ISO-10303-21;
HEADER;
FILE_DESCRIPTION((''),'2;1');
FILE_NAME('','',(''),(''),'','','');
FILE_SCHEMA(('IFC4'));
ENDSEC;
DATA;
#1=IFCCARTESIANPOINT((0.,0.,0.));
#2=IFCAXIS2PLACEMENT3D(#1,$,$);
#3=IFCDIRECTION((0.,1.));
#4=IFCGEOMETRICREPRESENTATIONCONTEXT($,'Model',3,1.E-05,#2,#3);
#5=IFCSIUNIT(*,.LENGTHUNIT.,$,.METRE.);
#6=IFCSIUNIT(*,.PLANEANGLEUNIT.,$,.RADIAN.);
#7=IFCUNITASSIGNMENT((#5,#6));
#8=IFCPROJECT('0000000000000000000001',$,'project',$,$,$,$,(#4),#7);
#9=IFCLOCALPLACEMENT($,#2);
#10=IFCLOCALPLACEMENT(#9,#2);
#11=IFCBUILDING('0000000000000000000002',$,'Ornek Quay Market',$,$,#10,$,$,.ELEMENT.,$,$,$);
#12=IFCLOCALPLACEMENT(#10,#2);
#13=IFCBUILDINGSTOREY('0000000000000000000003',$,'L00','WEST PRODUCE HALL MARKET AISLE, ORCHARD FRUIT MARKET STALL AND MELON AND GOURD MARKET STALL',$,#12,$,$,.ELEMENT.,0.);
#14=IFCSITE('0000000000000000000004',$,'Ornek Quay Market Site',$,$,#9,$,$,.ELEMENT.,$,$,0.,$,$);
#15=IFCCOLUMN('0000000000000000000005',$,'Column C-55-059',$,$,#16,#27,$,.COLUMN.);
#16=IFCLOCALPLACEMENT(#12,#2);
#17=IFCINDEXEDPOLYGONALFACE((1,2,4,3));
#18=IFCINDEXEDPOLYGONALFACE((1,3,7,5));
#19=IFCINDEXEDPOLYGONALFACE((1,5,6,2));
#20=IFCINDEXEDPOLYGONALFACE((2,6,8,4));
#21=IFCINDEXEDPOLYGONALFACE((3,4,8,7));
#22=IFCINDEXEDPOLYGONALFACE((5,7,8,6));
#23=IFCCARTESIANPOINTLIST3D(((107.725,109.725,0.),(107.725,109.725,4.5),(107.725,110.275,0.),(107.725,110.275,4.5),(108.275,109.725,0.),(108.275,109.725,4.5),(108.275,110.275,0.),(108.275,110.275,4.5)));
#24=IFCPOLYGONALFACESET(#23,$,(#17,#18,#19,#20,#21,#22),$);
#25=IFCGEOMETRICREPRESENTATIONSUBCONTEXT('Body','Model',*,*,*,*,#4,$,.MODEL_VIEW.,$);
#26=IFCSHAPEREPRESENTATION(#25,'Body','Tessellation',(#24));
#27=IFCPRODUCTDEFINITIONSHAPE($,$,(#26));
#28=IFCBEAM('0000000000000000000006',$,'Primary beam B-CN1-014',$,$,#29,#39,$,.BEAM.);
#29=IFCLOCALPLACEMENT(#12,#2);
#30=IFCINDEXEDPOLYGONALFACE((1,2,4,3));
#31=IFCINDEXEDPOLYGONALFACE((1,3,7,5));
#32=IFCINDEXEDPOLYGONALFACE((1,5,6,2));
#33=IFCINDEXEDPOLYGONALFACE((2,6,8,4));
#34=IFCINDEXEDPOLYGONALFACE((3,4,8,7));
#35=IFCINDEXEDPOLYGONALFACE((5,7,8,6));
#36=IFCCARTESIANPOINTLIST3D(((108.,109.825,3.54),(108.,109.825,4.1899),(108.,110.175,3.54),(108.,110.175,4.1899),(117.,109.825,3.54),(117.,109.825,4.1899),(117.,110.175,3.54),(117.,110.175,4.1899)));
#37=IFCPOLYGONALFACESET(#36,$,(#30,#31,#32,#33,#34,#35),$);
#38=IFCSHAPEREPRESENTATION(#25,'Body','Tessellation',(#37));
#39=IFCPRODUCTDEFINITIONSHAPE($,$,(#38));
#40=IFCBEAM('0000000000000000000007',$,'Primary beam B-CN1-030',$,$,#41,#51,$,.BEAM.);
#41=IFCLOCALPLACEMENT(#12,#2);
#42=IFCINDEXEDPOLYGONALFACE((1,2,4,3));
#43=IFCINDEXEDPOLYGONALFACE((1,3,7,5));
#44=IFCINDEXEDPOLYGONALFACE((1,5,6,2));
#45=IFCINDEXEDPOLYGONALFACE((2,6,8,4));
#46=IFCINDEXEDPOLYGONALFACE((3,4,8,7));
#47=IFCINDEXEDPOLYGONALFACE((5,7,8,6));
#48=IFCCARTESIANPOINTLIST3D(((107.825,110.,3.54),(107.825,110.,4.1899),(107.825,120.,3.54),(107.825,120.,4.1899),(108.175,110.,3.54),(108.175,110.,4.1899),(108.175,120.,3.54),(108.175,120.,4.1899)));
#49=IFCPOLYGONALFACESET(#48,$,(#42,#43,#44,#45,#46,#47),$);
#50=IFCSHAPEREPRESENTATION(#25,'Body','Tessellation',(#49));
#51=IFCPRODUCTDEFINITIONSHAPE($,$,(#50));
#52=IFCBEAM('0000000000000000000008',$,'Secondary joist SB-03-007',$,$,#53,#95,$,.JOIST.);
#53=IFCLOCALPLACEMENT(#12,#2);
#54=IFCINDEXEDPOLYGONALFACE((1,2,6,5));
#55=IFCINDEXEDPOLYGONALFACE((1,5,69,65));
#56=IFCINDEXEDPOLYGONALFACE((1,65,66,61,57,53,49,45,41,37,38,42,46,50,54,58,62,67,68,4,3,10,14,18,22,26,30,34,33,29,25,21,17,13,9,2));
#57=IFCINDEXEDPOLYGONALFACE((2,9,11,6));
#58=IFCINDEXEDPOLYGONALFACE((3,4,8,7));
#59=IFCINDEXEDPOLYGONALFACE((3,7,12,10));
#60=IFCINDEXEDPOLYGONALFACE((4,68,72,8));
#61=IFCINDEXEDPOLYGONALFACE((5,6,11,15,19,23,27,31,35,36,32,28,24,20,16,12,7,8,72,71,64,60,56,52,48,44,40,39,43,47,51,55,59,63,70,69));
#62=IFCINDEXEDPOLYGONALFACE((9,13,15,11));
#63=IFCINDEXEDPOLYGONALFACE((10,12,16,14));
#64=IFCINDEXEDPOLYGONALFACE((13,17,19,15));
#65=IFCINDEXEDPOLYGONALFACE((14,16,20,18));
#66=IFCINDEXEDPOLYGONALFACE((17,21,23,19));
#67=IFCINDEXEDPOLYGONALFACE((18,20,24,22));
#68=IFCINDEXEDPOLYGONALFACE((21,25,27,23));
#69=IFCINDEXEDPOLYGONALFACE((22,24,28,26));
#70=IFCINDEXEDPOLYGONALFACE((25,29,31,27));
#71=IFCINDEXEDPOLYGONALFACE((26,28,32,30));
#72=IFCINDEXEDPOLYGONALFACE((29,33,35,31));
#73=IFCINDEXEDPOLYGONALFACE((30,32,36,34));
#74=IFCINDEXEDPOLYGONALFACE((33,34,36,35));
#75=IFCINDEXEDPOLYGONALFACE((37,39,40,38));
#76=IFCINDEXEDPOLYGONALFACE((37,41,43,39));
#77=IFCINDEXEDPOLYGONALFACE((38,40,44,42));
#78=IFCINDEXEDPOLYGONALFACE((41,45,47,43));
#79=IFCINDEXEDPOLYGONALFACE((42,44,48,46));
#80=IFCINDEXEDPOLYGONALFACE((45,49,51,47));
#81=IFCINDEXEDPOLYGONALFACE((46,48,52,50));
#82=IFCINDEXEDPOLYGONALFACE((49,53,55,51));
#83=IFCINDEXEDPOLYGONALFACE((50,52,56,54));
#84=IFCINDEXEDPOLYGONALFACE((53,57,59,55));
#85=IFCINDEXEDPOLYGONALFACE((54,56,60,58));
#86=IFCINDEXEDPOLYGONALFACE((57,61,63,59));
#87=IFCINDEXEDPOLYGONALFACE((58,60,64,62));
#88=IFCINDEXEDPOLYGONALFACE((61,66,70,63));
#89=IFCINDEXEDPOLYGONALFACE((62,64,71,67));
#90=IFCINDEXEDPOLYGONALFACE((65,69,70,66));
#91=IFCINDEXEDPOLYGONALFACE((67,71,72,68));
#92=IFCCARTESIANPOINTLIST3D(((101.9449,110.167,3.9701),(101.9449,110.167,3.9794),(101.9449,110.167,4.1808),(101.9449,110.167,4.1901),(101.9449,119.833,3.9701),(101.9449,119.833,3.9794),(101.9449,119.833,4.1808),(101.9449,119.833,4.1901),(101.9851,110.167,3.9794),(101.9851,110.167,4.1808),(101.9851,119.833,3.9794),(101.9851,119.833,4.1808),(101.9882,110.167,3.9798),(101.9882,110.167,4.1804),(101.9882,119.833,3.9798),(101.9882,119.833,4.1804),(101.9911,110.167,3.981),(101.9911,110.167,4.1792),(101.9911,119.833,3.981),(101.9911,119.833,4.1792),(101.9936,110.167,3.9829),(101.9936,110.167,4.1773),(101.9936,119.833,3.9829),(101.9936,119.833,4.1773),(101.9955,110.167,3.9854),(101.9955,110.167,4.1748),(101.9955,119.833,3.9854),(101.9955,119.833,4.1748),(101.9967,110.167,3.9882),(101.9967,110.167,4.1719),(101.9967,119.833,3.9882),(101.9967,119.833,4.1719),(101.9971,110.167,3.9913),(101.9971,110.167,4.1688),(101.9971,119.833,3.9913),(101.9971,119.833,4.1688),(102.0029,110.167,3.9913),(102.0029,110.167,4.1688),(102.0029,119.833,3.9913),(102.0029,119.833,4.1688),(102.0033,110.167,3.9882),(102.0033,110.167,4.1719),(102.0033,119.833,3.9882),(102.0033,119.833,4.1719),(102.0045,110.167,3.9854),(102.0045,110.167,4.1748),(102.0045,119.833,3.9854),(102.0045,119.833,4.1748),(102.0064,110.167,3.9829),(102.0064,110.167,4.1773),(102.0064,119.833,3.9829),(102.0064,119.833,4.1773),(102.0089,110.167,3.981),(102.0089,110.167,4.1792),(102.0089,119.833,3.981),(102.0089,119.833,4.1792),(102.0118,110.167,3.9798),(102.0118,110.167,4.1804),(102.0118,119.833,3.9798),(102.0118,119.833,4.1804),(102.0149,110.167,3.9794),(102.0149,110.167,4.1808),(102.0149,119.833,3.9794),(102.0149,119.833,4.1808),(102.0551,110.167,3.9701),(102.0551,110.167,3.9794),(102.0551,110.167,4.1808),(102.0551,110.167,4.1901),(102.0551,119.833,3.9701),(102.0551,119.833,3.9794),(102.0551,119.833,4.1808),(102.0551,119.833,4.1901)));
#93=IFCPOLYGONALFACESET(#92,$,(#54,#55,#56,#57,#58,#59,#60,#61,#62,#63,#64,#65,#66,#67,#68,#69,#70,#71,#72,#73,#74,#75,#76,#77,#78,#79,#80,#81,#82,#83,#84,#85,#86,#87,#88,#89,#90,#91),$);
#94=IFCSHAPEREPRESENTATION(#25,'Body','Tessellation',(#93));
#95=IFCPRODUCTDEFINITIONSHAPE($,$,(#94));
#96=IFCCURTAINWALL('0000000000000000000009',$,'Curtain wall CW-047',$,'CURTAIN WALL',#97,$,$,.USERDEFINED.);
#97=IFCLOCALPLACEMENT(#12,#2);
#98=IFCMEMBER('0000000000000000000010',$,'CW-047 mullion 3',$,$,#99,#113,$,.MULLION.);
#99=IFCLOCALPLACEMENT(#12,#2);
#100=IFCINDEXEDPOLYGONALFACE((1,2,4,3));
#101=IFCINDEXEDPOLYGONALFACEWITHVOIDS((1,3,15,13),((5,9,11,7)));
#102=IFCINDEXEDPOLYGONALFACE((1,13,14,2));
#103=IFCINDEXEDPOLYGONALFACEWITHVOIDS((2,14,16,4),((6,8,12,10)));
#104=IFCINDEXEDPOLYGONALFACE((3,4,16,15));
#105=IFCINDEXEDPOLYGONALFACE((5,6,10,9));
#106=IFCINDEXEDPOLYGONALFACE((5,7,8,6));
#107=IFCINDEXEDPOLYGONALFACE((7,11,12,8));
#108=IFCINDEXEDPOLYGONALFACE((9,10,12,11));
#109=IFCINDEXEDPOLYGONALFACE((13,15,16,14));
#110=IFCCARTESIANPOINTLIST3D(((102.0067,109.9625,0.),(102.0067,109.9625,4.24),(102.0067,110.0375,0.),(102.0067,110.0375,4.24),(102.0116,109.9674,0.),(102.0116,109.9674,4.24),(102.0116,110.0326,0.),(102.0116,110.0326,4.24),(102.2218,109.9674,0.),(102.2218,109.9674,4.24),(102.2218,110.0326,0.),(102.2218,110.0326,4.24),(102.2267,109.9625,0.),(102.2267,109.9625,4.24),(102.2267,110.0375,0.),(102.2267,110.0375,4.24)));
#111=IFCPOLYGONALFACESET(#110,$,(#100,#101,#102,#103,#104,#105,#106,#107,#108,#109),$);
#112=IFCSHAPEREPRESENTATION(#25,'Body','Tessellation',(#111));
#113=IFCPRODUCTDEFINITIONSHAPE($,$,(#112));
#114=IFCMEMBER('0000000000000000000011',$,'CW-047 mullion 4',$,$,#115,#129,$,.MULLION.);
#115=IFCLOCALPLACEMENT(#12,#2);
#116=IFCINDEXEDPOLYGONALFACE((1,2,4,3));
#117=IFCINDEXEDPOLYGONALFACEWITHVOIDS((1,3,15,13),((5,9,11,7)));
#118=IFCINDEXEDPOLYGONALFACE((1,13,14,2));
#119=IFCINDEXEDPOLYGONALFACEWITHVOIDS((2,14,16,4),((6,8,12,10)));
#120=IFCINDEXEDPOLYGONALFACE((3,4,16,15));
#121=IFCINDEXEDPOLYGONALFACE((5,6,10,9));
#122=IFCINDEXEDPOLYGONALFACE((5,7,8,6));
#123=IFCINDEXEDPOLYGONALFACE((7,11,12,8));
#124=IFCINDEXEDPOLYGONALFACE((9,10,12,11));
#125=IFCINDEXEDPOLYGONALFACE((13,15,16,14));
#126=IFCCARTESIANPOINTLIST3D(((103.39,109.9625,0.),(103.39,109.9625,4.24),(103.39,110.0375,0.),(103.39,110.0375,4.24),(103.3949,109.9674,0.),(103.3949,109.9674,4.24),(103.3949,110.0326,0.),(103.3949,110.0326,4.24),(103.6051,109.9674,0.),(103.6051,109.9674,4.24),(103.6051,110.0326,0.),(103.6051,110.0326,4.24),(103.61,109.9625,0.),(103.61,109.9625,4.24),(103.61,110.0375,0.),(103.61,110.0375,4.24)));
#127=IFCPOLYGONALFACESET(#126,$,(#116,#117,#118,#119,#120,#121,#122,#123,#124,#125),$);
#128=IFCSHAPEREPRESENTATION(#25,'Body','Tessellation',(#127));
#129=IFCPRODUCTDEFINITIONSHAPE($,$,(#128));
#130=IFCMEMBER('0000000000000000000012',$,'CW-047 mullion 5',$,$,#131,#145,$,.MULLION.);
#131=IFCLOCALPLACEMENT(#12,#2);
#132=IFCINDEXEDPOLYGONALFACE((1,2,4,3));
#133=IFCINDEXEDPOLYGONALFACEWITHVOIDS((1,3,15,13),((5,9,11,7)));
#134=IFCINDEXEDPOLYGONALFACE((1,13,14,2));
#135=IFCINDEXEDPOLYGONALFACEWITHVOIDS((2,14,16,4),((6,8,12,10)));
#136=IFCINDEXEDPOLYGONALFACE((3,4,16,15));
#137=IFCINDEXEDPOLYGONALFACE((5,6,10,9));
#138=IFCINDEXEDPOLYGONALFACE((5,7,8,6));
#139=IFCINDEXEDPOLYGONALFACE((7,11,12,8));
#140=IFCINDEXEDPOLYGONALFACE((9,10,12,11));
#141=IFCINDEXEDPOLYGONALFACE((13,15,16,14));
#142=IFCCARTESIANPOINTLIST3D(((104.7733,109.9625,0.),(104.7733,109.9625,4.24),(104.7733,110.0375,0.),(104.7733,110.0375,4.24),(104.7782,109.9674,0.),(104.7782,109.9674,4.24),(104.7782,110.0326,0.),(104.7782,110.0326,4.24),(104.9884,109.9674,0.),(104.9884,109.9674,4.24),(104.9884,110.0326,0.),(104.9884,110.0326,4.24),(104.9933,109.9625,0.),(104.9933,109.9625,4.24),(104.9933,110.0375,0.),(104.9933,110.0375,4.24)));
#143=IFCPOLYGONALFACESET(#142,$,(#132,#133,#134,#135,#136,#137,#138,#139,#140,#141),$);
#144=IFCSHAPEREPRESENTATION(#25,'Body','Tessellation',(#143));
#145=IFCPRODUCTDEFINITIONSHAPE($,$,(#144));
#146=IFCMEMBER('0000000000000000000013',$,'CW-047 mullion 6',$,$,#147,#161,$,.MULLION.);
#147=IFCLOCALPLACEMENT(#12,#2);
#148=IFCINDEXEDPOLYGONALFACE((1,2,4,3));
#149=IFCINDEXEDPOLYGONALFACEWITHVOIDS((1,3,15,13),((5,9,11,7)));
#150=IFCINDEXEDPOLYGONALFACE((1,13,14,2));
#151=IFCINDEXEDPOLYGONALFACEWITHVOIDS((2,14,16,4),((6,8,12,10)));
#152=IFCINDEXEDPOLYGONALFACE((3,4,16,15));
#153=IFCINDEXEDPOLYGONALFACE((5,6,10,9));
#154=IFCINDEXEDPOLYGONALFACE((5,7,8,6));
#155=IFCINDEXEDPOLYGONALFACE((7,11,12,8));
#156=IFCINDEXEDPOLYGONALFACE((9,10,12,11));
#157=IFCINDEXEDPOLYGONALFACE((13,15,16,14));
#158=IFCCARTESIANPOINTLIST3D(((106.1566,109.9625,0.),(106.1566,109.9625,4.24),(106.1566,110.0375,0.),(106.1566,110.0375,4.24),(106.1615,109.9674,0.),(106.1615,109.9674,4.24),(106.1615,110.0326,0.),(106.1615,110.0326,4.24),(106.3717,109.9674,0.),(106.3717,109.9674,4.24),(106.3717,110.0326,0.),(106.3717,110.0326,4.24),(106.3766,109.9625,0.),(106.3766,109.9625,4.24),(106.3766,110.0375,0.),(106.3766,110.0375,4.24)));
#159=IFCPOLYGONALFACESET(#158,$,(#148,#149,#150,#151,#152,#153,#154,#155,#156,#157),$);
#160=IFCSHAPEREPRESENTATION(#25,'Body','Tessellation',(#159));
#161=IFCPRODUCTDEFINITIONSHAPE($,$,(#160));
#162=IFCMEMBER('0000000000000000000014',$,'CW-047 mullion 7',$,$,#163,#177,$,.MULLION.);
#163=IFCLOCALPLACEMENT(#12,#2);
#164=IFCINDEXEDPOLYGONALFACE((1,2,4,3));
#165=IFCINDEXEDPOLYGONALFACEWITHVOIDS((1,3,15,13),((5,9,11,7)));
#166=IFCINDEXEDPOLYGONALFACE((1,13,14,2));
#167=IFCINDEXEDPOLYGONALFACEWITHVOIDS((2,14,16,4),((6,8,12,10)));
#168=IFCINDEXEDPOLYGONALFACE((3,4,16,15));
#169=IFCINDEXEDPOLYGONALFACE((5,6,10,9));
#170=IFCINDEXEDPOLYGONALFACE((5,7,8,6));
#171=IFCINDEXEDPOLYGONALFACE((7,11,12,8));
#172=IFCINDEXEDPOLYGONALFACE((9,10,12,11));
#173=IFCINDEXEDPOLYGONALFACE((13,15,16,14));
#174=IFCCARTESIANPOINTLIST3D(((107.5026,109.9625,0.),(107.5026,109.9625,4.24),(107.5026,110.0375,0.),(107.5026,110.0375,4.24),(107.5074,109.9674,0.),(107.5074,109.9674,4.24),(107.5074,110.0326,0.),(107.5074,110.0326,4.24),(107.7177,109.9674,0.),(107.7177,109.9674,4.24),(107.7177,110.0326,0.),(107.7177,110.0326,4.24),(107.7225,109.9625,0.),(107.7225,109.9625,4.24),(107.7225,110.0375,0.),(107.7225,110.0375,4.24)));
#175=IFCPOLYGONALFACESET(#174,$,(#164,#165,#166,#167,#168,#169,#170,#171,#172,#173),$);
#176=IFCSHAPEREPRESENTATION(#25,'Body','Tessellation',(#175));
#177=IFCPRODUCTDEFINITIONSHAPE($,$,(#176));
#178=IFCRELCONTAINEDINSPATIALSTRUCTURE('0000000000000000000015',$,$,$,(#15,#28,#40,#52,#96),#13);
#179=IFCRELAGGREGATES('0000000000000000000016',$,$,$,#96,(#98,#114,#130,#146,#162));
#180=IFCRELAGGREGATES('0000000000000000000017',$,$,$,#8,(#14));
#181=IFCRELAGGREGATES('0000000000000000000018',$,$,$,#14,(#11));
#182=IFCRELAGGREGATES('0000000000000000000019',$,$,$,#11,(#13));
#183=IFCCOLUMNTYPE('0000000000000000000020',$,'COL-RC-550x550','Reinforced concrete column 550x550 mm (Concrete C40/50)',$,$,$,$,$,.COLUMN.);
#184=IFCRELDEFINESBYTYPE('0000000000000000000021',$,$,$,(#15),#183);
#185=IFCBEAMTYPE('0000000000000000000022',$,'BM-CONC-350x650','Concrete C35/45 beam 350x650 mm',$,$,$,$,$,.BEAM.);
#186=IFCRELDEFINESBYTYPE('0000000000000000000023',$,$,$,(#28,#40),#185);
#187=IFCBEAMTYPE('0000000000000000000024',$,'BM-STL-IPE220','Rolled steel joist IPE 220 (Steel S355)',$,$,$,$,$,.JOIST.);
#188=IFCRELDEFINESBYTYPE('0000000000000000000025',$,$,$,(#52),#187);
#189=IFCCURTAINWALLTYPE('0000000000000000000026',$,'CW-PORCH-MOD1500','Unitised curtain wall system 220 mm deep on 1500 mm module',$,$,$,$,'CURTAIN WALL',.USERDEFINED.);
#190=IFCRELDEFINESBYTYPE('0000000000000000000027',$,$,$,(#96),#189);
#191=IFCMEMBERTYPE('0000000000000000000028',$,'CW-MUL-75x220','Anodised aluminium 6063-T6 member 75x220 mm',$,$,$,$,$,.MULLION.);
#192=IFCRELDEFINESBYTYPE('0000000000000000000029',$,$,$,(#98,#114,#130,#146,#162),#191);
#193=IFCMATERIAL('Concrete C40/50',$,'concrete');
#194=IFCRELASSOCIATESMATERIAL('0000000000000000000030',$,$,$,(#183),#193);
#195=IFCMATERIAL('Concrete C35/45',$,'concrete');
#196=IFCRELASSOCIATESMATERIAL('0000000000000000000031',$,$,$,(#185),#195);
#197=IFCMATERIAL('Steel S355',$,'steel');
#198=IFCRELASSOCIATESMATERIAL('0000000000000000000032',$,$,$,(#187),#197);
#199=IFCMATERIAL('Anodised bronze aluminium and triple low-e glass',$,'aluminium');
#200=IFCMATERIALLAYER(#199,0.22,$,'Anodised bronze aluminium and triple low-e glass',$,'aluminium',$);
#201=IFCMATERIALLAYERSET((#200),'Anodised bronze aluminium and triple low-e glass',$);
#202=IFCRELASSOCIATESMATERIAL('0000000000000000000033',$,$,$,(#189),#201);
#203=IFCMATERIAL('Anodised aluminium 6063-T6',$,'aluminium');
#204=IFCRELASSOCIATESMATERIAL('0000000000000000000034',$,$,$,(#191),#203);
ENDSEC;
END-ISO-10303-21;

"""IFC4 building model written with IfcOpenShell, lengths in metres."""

from ifc_helpers import new_model, si_unit, direction, frame, origin, origin_2d, place, context, subcontext, project, spatial, rectangle, hollow_rectangle, i_section, extrude, material, layer, layer_set, material_profile, profile_set, type_object, element, aggregate, save


model = new_model("IFC4")

# Units and contexts
model_context = context("Model", 3, precision=1e-05, world=origin(), true_north=direction((0.0, 1.0)))
body_context = subcontext(model_context, "Body", "Model", "MODEL_VIEW")
ifc_project = project(units=[si_unit("LENGTHUNIT", "METRE"), si_unit("PLANEANGLEUNIT", "RADIAN")], contexts=[model_context])

# Site, building, storey
site_placement = place(None, origin())
site = spatial("IfcSite", under=ifc_project, at=site_placement, Name="Ornek Quay Market Site", CompositionType="ELEMENT", RefElevation=0.0)
building_placement = place(site_placement, origin())
building = spatial("IfcBuilding", under=site, at=building_placement, Name="Ornek Quay Market", CompositionType="ELEMENT")
storey_placement = place(building_placement, origin())
storey = spatial("IfcBuildingStorey", under=building, at=storey_placement, Name="L00", Description="WEST PRODUCE HALL MARKET AISLE, ORCHARD FRUIT MARKET STALL AND MELON AND GOURD MARKET STALL", CompositionType="ELEMENT", Elevation=0.0)

# Column
ifc_material_1 = material(Name="Concrete C40/50", Category="concrete")
ifc_material_profile_1 = material_profile(ifc_material_1, rectangle(XDim=0.55, YDim=0.55, at=origin_2d()), Name="RC 550x550", Category="concrete")
ifc_profile_set_1 = profile_set([ifc_material_profile_1], Name="Concrete C40/50")
column_type = type_object("IfcColumnType", Name="COL-RC-550x550", Description="Reinforced concrete column 550x550 mm (Concrete C40/50)", PredefinedType="COLUMN", material=ifc_profile_set_1)
column_placement = place(storey_placement, frame((108.0, 110.0, 0.0), z_axis=(0.0, 0.0, 1.0), x_axis=(1.0, 0.0, 0.0)))
element("IfcColumn", 1, at=column_placement, inside=storey, type_object=column_type, Name="Column C-55-059", PredefinedType="COLUMN", context=body_context, shape_type="SweptSolid", body=[
    extrude(rectangle(XDim=0.55, YDim=0.55, at=origin_2d()), origin(), (0.0, 0.0, 1.0), 4.5),
])

# Beams
ifc_material_2 = material(Name="Concrete C35/45", Category="concrete")
ifc_material_profile_2 = material_profile(ifc_material_2, rectangle(XDim=0.3501, YDim=0.6499, at=origin_2d()), Name="RC 350x650", Category="concrete")
ifc_profile_set_2 = profile_set([ifc_material_profile_2], Name="Concrete C35/45")
beam_type_1 = type_object("IfcBeamType", Name="BM-CONC-350x650", Description="Concrete C35/45 beam 350x650 mm", PredefinedType="BEAM", material=ifc_profile_set_2)
beam_1_placement = place(storey_placement, frame((108.0, 110.0, 3.865), z_axis=(1.0, 0.0, 0.0), x_axis=(0.0, 1.0, 0.0)))
element("IfcBeam", 2, at=beam_1_placement, inside=storey, type_object=beam_type_1, Name="Primary beam B-CN1-014", PredefinedType="BEAM", context=body_context, shape_type="SweptSolid", body=[
    extrude(rectangle(XDim=0.3501, YDim=0.6499, at=origin_2d()), origin(), (0.0, 0.0, 1.0), 9.0),
])
beam_2_placement = place(storey_placement, frame((108.0, 110.0, 3.865), z_axis=(0.0, 1.0, 0.0), x_axis=(-1.0, 0.0, 0.0)))
element("IfcBeam", 3, at=beam_2_placement, inside=storey, type_object=beam_type_1, Name="Primary beam B-CN1-030", PredefinedType="BEAM", context=body_context, shape_type="SweptSolid", body=[
    extrude(rectangle(XDim=0.3501, YDim=0.6499, at=origin_2d()), origin(), (0.0, 0.0, 1.0), 10.0),
])
ifc_material_3 = material(Name="Steel S355", Category="steel")
ifc_material_profile_3 = material_profile(ifc_material_3, i_section(OverallWidth=0.1101, OverallDepth=0.22, WebThickness=0.0059, FlangeThickness=0.0093, FilletRadius=0.012, at=origin_2d()), Name="IPE 220", Category="steel")
ifc_profile_set_3 = profile_set([ifc_material_profile_3], Name="Steel S355")
beam_type_2 = type_object("IfcBeamType", Name="BM-STL-IPE220", Description="Rolled steel joist IPE 220 (Steel S355)", PredefinedType="JOIST", material=ifc_profile_set_3)
beam_3_placement = place(storey_placement, frame((102.0, 110.167, 4.0801), z_axis=(0.0, 1.0, 0.0), x_axis=(-1.0, 0.0, 0.0)))
element("IfcBeam", 4, at=beam_3_placement, inside=storey, type_object=beam_type_2, Name="Secondary joist SB-03-007", PredefinedType="JOIST", context=body_context, shape_type="SweptSolid", body=[
    extrude(i_section(OverallWidth=0.1101, OverallDepth=0.22, WebThickness=0.0059, FlangeThickness=0.0093, FilletRadius=0.012, at=origin_2d()), origin(), (0.0, 0.0, 1.0), 9.666),
])

# Curtain wall, members
ifc_material_4 = material(Name="Anodised bronze aluminium and triple low-e glass", Category="aluminium")
ifc_layer_1 = layer(ifc_material_4, 0.22, Name="Anodised bronze aluminium and triple low-e glass", Category="aluminium")
ifc_layer_set_1 = layer_set([ifc_layer_1], Name="Anodised bronze aluminium and triple low-e glass")
curtain_wall_type = type_object("IfcCurtainWallType", Name="CW-PORCH-MOD1500", Description="Unitised curtain wall system 220 mm deep on 1500 mm module", ElementType="CURTAIN WALL", PredefinedType="USERDEFINED", material=ifc_layer_set_1)
curtain_wall_placement = place(storey_placement, origin())
curtain_wall = element("IfcCurtainWall", 5, at=curtain_wall_placement, inside=storey, type_object=curtain_wall_type, Name="Curtain wall CW-047", ObjectType="CURTAIN WALL", PredefinedType="USERDEFINED")
ifc_material_5 = material(Name="Anodised aluminium 6063-T6", Category="aluminium")
ifc_material_profile_4 = material_profile(ifc_material_5, hollow_rectangle(XDim=0.075, YDim=0.22, WallThickness=0.0049, at=origin_2d()), Name="CW-MUL-75x220", Category="aluminium")
ifc_profile_set_4 = profile_set([ifc_material_profile_4], Name="Anodised aluminium 6063-T6")
member_type_1 = type_object("IfcMemberType", Name="CW-MUL-75x220", Description="Anodised aluminium 6063-T6 member 75x220 mm", PredefinedType="MULLION", material=ifc_profile_set_4)
member_1_placement = place(storey_placement, frame((102.1167, 110.0, 0.0), z_axis=(0.0, 0.0, 1.0), x_axis=(0.0, 1.0, 0.0)))
member_1 = element("IfcMember", 6, at=member_1_placement, type_object=member_type_1, Name="CW-047 mullion 3", PredefinedType="MULLION", context=body_context, shape_type="SweptSolid", body=[
    extrude(hollow_rectangle(XDim=0.075, YDim=0.22, WallThickness=0.0049, at=origin_2d()), origin(), (0.0, 0.0, 1.0), 4.24),
])
member_2_placement = place(storey_placement, frame((103.5, 110.0, 0.0), z_axis=(0.0, 0.0, 1.0), x_axis=(0.0, 1.0, 0.0)))
member_2 = element("IfcMember", 7, at=member_2_placement, type_object=member_type_1, Name="CW-047 mullion 4", PredefinedType="MULLION", context=body_context, shape_type="SweptSolid", body=[
    extrude(hollow_rectangle(XDim=0.075, YDim=0.22, WallThickness=0.0049, at=origin_2d()), origin(), (0.0, 0.0, 1.0), 4.24),
])
member_3_placement = place(storey_placement, frame((104.8833, 110.0, 0.0), z_axis=(0.0, 0.0, 1.0), x_axis=(0.0, 1.0, 0.0)))
member_3 = element("IfcMember", 8, at=member_3_placement, type_object=member_type_1, Name="CW-047 mullion 5", PredefinedType="MULLION", context=body_context, shape_type="SweptSolid", body=[
    extrude(hollow_rectangle(XDim=0.075, YDim=0.22, WallThickness=0.0049, at=origin_2d()), origin(), (0.0, 0.0, 1.0), 4.24),
])
member_4_placement = place(storey_placement, frame((106.2666, 110.0, 0.0), z_axis=(0.0, 0.0, 1.0), x_axis=(0.0, 1.0, 0.0)))
member_4 = element("IfcMember", 9, at=member_4_placement, type_object=member_type_1, Name="CW-047 mullion 6", PredefinedType="MULLION", context=body_context, shape_type="SweptSolid", body=[
    extrude(hollow_rectangle(XDim=0.075, YDim=0.22, WallThickness=0.0049, at=origin_2d()), origin(), (0.0, 0.0, 1.0), 4.24),
])
member_5_placement = place(storey_placement, frame((107.6125, 110.0, 0.0), z_axis=(0.0, 0.0, 1.0), x_axis=(0.0, 1.0, 0.0)))
member_5 = element("IfcMember", 10, at=member_5_placement, type_object=member_type_1, Name="CW-047 mullion 7", PredefinedType="MULLION", context=body_context, shape_type="SweptSolid", body=[
    extrude(hollow_rectangle(XDim=0.075, YDim=0.22, WallThickness=0.0049, at=origin_2d()), origin(), (0.0, 0.0, 1.0), 4.24),
])
aggregate(curtain_wall, [member_1, member_2, member_3, member_4, member_5])

save(model, "model.ifc")
